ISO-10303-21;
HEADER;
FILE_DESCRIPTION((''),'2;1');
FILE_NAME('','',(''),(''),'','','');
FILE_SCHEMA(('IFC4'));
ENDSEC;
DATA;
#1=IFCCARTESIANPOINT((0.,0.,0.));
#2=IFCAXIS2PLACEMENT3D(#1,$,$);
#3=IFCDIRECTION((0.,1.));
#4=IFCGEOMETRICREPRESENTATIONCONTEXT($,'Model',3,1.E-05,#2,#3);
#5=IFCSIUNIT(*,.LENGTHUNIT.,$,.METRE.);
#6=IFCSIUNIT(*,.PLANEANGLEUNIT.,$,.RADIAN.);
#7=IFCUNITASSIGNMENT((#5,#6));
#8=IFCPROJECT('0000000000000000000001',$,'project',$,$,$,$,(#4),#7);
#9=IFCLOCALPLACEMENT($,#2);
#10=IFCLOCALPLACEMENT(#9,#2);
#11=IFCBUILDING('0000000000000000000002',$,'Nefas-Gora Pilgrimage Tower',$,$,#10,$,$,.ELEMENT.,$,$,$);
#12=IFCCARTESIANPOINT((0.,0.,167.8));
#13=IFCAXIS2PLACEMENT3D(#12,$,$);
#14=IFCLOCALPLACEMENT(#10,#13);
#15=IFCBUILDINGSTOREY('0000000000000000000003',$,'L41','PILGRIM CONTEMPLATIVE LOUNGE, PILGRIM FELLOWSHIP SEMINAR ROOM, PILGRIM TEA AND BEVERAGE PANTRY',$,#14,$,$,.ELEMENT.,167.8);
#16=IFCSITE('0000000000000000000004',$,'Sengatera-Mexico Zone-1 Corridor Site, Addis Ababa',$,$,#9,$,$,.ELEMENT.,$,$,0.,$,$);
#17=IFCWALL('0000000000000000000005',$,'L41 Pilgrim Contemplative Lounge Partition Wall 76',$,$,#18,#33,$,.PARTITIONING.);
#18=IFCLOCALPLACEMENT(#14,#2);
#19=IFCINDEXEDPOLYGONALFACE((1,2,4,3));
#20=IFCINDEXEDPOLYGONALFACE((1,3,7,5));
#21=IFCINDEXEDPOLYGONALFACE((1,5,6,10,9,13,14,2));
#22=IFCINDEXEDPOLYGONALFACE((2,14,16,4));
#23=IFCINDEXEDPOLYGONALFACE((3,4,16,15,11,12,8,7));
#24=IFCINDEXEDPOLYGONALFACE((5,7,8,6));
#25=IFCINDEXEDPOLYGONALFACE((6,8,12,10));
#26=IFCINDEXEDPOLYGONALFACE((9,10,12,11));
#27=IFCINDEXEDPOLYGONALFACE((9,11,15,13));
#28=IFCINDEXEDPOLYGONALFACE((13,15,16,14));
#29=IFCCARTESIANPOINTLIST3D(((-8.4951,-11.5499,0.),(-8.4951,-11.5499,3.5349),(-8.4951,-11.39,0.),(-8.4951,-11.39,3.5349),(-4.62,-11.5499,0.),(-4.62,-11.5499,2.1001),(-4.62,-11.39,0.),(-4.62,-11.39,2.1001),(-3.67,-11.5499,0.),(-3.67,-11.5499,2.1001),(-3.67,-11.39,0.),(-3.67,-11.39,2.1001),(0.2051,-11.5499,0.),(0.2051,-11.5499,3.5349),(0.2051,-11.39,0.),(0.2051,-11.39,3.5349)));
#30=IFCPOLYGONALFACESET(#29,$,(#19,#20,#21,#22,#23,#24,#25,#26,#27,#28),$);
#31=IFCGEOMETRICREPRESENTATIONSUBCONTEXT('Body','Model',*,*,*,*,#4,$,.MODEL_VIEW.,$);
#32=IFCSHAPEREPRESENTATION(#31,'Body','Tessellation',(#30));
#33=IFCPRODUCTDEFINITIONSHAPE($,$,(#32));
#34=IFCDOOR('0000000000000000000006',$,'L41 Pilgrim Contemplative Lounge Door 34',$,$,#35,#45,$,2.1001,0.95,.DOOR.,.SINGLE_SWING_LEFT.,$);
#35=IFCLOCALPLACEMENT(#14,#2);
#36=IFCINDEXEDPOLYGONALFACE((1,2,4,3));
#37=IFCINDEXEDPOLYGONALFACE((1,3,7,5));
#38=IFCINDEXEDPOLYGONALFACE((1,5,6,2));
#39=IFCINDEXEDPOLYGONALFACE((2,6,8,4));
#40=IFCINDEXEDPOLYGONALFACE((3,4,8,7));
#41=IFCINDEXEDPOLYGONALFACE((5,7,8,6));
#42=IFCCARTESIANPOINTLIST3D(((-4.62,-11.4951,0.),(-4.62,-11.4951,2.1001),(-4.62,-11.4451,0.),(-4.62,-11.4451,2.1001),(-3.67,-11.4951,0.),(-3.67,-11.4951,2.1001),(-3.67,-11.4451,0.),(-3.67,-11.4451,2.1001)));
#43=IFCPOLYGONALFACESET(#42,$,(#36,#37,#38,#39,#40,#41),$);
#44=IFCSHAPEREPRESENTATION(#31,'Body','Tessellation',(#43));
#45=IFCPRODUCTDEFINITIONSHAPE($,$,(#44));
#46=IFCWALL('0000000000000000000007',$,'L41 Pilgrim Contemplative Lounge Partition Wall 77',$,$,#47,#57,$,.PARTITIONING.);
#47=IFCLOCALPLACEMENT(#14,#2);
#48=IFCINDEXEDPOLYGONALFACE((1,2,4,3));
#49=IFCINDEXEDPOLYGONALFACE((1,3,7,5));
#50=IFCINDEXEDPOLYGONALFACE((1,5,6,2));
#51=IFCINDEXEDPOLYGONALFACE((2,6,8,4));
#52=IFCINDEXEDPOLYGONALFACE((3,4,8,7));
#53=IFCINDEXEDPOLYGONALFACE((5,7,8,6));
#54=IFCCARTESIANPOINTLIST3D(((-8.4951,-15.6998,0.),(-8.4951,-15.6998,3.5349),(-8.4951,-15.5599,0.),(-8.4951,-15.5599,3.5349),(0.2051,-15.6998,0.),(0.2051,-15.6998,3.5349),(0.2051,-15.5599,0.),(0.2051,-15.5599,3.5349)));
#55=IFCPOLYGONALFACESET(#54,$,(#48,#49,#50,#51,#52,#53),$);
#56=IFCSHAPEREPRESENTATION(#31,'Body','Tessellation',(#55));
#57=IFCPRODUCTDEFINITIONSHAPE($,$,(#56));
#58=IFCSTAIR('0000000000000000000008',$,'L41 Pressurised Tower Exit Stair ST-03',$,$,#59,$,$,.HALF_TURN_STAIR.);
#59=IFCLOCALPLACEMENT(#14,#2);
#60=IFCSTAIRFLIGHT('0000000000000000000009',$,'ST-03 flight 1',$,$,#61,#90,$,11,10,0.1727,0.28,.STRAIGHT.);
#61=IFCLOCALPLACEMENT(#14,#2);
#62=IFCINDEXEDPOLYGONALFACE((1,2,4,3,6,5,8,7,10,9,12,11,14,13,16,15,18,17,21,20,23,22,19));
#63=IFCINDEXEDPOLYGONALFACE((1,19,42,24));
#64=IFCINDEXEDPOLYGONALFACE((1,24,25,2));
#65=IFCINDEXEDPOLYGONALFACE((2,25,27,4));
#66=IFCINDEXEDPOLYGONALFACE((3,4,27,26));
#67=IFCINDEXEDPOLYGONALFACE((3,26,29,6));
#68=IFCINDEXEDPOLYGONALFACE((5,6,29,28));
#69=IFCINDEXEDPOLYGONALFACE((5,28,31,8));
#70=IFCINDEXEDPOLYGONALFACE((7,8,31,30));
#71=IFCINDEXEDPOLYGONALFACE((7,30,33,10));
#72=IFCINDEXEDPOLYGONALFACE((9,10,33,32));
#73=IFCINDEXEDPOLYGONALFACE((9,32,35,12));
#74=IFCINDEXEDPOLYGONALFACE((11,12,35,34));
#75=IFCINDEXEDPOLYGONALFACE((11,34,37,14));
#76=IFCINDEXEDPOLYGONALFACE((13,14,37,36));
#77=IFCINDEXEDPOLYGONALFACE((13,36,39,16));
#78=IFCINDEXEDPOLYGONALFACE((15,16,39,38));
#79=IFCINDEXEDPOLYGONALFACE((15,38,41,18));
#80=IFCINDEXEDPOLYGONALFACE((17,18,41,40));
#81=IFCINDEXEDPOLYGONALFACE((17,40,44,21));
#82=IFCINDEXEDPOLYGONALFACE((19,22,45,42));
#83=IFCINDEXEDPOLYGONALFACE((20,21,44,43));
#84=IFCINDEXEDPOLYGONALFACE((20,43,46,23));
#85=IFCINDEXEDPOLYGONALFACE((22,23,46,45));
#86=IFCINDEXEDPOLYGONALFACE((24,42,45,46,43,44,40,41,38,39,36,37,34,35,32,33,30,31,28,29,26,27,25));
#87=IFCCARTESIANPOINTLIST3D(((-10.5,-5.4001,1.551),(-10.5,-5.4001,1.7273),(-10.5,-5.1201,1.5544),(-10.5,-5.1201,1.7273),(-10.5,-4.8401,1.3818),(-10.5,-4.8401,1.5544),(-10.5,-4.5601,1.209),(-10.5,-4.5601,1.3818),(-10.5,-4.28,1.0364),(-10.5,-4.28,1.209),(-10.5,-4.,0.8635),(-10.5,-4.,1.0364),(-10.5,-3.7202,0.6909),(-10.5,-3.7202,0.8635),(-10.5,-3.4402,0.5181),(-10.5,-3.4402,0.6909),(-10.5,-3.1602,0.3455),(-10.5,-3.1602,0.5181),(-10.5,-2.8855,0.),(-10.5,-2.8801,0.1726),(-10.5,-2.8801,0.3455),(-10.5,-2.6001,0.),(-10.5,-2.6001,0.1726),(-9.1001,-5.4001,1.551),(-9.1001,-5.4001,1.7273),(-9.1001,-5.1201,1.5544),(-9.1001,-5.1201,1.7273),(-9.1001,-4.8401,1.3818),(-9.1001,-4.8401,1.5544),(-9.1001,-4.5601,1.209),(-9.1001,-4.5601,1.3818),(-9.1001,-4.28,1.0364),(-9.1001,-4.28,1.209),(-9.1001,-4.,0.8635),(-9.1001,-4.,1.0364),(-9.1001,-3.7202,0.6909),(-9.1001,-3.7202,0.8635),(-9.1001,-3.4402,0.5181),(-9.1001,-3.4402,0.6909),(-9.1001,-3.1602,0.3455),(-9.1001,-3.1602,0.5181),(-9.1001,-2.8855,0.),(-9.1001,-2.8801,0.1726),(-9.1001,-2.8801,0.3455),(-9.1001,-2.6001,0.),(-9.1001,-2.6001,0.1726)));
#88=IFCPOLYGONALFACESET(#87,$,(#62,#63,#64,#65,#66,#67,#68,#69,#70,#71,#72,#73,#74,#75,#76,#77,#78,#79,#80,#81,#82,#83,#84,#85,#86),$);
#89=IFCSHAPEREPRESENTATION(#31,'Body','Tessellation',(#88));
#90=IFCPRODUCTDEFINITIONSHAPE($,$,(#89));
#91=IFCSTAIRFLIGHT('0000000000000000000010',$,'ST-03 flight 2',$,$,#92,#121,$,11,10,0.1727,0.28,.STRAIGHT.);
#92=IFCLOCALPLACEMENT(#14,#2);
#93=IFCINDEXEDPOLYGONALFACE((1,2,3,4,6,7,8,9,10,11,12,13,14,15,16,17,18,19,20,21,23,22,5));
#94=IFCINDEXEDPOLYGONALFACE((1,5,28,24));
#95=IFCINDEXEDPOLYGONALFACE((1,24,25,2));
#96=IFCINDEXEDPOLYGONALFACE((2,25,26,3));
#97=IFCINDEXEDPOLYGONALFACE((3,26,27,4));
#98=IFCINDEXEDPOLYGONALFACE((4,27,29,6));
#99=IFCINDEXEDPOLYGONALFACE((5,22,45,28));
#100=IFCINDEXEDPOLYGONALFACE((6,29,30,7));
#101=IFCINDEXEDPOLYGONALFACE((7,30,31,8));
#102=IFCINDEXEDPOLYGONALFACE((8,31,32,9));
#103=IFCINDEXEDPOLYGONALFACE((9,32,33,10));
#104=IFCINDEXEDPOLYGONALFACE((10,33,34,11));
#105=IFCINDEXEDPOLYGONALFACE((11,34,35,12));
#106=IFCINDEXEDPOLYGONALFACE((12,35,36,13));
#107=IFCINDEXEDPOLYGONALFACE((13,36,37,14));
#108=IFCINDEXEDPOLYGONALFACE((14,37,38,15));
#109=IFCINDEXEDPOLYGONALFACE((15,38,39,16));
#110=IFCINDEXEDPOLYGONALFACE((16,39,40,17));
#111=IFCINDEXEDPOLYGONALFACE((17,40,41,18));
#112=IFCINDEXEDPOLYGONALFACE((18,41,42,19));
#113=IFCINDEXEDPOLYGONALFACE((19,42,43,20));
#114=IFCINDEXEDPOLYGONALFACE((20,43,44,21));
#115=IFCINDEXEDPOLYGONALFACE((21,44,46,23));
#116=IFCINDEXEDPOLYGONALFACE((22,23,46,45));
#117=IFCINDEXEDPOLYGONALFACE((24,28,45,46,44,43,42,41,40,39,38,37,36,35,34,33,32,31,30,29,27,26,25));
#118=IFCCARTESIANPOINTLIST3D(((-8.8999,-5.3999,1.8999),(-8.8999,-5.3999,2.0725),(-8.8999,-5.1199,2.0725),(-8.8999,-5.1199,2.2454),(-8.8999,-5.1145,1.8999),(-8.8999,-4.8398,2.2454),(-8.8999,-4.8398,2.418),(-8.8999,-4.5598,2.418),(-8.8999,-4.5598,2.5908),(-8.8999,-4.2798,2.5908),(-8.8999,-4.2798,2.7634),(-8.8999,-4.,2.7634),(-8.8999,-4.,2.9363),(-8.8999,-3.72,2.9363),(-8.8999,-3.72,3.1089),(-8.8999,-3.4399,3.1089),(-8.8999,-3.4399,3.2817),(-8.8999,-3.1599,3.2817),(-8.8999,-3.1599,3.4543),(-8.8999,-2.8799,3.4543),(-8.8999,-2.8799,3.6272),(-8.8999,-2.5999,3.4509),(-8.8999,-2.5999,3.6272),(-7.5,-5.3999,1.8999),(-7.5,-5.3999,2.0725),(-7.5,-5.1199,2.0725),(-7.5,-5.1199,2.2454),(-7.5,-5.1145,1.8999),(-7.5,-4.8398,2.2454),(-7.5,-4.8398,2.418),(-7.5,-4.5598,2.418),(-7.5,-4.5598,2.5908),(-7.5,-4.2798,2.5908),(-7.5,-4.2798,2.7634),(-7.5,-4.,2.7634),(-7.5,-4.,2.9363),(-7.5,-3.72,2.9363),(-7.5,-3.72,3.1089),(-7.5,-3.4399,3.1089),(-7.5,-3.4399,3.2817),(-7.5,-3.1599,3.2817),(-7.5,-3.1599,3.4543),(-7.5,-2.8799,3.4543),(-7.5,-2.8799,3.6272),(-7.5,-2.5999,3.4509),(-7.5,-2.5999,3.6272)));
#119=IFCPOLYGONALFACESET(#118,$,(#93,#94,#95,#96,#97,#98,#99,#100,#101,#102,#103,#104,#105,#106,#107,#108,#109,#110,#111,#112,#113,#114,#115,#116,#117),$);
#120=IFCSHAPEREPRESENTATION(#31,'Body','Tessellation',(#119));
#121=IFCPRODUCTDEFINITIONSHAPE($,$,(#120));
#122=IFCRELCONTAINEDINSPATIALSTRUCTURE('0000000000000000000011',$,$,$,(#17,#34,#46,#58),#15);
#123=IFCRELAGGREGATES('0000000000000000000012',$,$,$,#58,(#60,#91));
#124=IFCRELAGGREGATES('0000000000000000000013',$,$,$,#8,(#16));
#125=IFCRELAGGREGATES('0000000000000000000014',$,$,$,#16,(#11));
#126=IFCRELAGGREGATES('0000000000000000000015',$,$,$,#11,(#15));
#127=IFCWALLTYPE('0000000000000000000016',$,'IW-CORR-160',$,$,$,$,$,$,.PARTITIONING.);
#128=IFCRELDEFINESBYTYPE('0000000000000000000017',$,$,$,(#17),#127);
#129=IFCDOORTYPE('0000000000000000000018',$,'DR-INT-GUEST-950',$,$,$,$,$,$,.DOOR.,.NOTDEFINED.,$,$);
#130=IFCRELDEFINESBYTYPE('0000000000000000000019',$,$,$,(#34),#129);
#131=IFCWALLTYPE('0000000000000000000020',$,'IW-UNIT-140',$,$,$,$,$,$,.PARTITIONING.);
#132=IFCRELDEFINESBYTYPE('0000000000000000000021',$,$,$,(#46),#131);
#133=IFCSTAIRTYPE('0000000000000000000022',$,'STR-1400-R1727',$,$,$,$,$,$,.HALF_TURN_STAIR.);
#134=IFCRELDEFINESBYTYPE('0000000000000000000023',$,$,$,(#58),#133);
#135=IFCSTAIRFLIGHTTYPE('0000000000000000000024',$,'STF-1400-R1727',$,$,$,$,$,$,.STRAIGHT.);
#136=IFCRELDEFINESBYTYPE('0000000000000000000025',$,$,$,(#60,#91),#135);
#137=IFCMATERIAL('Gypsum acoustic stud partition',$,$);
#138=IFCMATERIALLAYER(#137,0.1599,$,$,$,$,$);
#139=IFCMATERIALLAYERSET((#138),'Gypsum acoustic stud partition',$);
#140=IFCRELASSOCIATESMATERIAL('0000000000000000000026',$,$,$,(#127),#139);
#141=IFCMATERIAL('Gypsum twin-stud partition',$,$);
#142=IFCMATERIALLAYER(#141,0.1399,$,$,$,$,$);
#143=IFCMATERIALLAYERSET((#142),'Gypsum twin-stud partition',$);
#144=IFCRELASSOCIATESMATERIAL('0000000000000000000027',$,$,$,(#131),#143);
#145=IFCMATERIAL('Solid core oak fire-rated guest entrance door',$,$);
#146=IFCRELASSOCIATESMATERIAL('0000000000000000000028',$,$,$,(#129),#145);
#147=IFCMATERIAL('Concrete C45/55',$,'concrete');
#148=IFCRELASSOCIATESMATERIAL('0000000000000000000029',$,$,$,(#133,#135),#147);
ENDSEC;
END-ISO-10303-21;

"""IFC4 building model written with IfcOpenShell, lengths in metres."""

from ifc_helpers import new_model, si_unit, direction, frame, frame_2d, origin, place, context, subcontext, project, spatial, polyline, rectangle, outline, extrude, source, transform, mapped, material, layer, layer_set, type_object, element, fill, aggregate, save


model = new_model("IFC4")

# Units and contexts
model_context = context("Model", 3, precision=1e-05, world=origin(), true_north=direction((0.0, 1.0)))
body_context = subcontext(model_context, "Body", "Model", "MODEL_VIEW")
ifc_project = project(units=[si_unit("LENGTHUNIT", "METRE"), si_unit("PLANEANGLEUNIT", "RADIAN")], contexts=[model_context])

# Site, building, storey
site_placement = place(None, origin())
site = spatial("IfcSite", under=ifc_project, at=site_placement, Name="Sengatera-Mexico Zone-1 Corridor Site, Addis Ababa", CompositionType="ELEMENT", RefElevation=0.0)
building_placement = place(site_placement, origin())
building = spatial("IfcBuilding", under=site, at=building_placement, Name="Nefas-Gora Pilgrimage Tower", CompositionType="ELEMENT")
storey_placement = place(building_placement, frame((0.0, 0.0, 167.8)))
storey = spatial("IfcBuildingStorey", under=building, at=storey_placement, Name="L41", Description="PILGRIM CONTEMPLATIVE LOUNGE, PILGRIM FELLOWSHIP SEMINAR ROOM, PILGRIM TEA AND BEVERAGE PANTRY", CompositionType="ELEMENT", Elevation=167.8)

# Shared definitions
ifc_material_1 = material(Name="Concrete C45/55", Category="concrete")

# Shared definitions
ifc_material_2 = material(Name="Gypsum acoustic stud partition")
ifc_layer_1 = layer(ifc_material_2, 0.1599)
ifc_layer_set_1 = layer_set([ifc_layer_1], Name="Gypsum acoustic stud partition")
wall_type_1 = type_object("IfcWallType", Name="IW-CORR-160", PredefinedType="PARTITIONING", material=ifc_layer_set_1)
ifc_material_3 = material(Name="Gypsum twin-stud partition")
ifc_layer_2 = layer(ifc_material_3, 0.1399)
ifc_layer_set_2 = layer_set([ifc_layer_2], Name="Gypsum twin-stud partition")
wall_type_2 = type_object("IfcWallType", Name="IW-UNIT-140", PredefinedType="PARTITIONING", material=ifc_layer_set_2)

# Wall, opening, door
shared_shape_1 = source(origin(), body_context, "Body", "SweptSolid", [
    extrude(rectangle(XDim=8.7002, YDim=0.1599, at=frame_2d((4.3501, 0.0))), origin(), (0.0, 0.0, 1.0), 3.5349),
])
wall_1_placement = place(storey_placement, frame((-8.4951, -11.47, 0.0), z_axis=(0.0, 0.0, 1.0), x_axis=(1.0, 0.0, 0.0)))
wall_1 = element("IfcWall", 1, at=wall_1_placement, inside=storey, type_object=wall_type_1, Name="L41 Pilgrim Contemplative Lounge Partition Wall 76", PredefinedType="PARTITIONING", context=body_context, shape_type="MappedRepresentation", body=[
    mapped(shared_shape_1, transform((0.0, 0.0, 0.0), x_axis=(1.0, 0.0, 0.0), y_axis=(0.0, 1.0, 0.0), z_axis=(0.0, 0.0, 1.0), scale=1.0)),
])
opening_1_placement = place(wall_1_placement, frame((3.875, 0.0, 0.0)))
opening_1 = element("IfcOpeningElement", 2, at=opening_1_placement, cuts=wall_1, PredefinedType="OPENING", context=body_context, shape_type="SweptSolid", body=[
    extrude(rectangle(XDim=0.95, YDim=2.1001, at=frame_2d((0.4751, 1.05))), frame((0.0, 0.0898, 0.0), z_axis=(0.0, -1.0, 0.0), x_axis=(1.0, 0.0, 0.0)), (0.0, 0.0, 1.0), 0.1799),
])
ifc_material_4 = material(Name="Solid core oak fire-rated guest entrance door")
door_type_1 = type_object("IfcDoorType", Name="DR-INT-GUEST-950", OperationType="NOTDEFINED", PredefinedType="DOOR", material=ifc_material_4)
shared_shape_2 = source(origin(), body_context, "Body", "SweptSolid", [
    extrude(rectangle(XDim=0.95, YDim=2.1001, at=frame_2d((0.4751, 1.05))), frame((0.0, 0.0249, 0.0), z_axis=(0.0, -1.0, 0.0), x_axis=(1.0, 0.0, 0.0)), (0.0, 0.0, 1.0), 0.05),
])
door_1_placement = place(opening_1_placement, origin())
door_1 = element("IfcDoor", 3, at=door_1_placement, inside=storey, type_object=door_type_1, Name="L41 Pilgrim Contemplative Lounge Door 34", OperationType="SINGLE_SWING_LEFT", OverallHeight=2.1001, OverallWidth=0.95, PredefinedType="DOOR", context=body_context, shape_type="MappedRepresentation", body=[
    mapped(shared_shape_2, transform((0.0, 0.0, 0.0), x_axis=(1.0, 0.0, 0.0), y_axis=(0.0, 1.0, 0.0), z_axis=(0.0, 0.0, 1.0), scale=1.0)),
])
fill(opening_1, door_1)

# Wall
shared_shape_3 = source(origin(), body_context, "Body", "SweptSolid", [
    extrude(rectangle(XDim=8.7002, YDim=0.1399, at=frame_2d((4.3501, 0.0))), origin(), (0.0, 0.0, 1.0), 3.5349),
])
wall_2_placement = place(storey_placement, frame((-8.4951, -15.6299, 0.0), z_axis=(0.0, 0.0, 1.0), x_axis=(1.0, 0.0, 0.0)))
element("IfcWall", 4, at=wall_2_placement, inside=storey, type_object=wall_type_2, Name="L41 Pilgrim Contemplative Lounge Partition Wall 77", PredefinedType="PARTITIONING", context=body_context, shape_type="MappedRepresentation", body=[
    mapped(shared_shape_3, transform((0.0, 0.0, 0.0), x_axis=(1.0, 0.0, 0.0), y_axis=(0.0, 1.0, 0.0), z_axis=(0.0, 0.0, 1.0), scale=1.0)),
])

# Stair, stair flights
stair_type = type_object("IfcStairType", Name="STR-1400-R1727", PredefinedType="HALF_TURN_STAIR", material=ifc_material_1)
stair_placement = place(storey_placement, origin())
stair = element("IfcStair", 5, at=stair_placement, inside=storey, type_object=stair_type, Name="L41 Pressurised Tower Exit Stair ST-03", PredefinedType="HALF_TURN_STAIR")
stair_flight_type = type_object("IfcStairFlightType", Name="STF-1400-R1727", PredefinedType="STRAIGHT", material=ifc_material_1)
shared_shape_4 = source(origin(), body_context, "Body", "SweptSolid", [
    extrude(outline(polyline([(0.0, 0.0), (0.0, 0.1726), (0.28, 0.1726), (0.28, 0.3455), (0.5601, 0.3455), (0.5601, 0.5181), (0.8401, 0.5181), (0.8401, 0.6909), (1.1201, 0.6909), (1.1201, 0.8635), (1.3999, 0.8635), (1.3999, 1.0364), (1.6799, 1.0364), (1.6799, 1.209), (1.96, 1.209), (1.96, 1.3818), (2.24, 1.3818), (2.24, 1.5544), (2.52, 1.5544), (2.52, 1.7273), (2.8, 1.7273), (2.8, 1.8999), (2.8, 1.551), (0.2854, 0.0), (0.0, 0.0)])), frame((0.0, 0.7, 0.0), z_axis=(0.0, -1.0, 0.0), x_axis=(1.0, 0.0, 0.0)), (0.0, 0.0, 1.0), 1.3999),
])
stair_flight_1_placement = place(storey_placement, frame((-9.8, -2.6001, 0.0), z_axis=(0.0, 0.0, 1.0), x_axis=(0.0, -1.0, 0.0)))
stair_flight_1 = element("IfcStairFlight", 6, at=stair_flight_1_placement, type_object=stair_flight_type, Name="ST-03 flight 1", NumberOfRisers=11, NumberOfTreads=10, PredefinedType="STRAIGHT", RiserHeight=0.1727, TreadLength=0.28, context=body_context, shape_type="MappedRepresentation", body=[
    mapped(shared_shape_4, transform((0.0, 0.0, 0.0), x_axis=(1.0, 0.0, 0.0), y_axis=(0.0, 1.0, 0.0), z_axis=(0.0, 0.0, 1.0), scale=1.0)),
])
stair_flight_2_placement = place(storey_placement, frame((-8.2, -5.3999, 1.8999), z_axis=(0.0, 0.0, 1.0), x_axis=(0.0, 1.0, 0.0)))
stair_flight_2 = element("IfcStairFlight", 7, at=stair_flight_2_placement, type_object=stair_flight_type, Name="ST-03 flight 2", NumberOfRisers=11, NumberOfTreads=10, PredefinedType="STRAIGHT", RiserHeight=0.1727, TreadLength=0.28, context=body_context, shape_type="MappedRepresentation", body=[
    mapped(shared_shape_4, transform((0.0, 0.0, 0.0), x_axis=(1.0, 0.0, 0.0), y_axis=(0.0, 1.0, 0.0), z_axis=(0.0, 0.0, 1.0), scale=1.0)),
])
aggregate(stair, [stair_flight_1, stair_flight_2])

save(model, "model.ifc")
